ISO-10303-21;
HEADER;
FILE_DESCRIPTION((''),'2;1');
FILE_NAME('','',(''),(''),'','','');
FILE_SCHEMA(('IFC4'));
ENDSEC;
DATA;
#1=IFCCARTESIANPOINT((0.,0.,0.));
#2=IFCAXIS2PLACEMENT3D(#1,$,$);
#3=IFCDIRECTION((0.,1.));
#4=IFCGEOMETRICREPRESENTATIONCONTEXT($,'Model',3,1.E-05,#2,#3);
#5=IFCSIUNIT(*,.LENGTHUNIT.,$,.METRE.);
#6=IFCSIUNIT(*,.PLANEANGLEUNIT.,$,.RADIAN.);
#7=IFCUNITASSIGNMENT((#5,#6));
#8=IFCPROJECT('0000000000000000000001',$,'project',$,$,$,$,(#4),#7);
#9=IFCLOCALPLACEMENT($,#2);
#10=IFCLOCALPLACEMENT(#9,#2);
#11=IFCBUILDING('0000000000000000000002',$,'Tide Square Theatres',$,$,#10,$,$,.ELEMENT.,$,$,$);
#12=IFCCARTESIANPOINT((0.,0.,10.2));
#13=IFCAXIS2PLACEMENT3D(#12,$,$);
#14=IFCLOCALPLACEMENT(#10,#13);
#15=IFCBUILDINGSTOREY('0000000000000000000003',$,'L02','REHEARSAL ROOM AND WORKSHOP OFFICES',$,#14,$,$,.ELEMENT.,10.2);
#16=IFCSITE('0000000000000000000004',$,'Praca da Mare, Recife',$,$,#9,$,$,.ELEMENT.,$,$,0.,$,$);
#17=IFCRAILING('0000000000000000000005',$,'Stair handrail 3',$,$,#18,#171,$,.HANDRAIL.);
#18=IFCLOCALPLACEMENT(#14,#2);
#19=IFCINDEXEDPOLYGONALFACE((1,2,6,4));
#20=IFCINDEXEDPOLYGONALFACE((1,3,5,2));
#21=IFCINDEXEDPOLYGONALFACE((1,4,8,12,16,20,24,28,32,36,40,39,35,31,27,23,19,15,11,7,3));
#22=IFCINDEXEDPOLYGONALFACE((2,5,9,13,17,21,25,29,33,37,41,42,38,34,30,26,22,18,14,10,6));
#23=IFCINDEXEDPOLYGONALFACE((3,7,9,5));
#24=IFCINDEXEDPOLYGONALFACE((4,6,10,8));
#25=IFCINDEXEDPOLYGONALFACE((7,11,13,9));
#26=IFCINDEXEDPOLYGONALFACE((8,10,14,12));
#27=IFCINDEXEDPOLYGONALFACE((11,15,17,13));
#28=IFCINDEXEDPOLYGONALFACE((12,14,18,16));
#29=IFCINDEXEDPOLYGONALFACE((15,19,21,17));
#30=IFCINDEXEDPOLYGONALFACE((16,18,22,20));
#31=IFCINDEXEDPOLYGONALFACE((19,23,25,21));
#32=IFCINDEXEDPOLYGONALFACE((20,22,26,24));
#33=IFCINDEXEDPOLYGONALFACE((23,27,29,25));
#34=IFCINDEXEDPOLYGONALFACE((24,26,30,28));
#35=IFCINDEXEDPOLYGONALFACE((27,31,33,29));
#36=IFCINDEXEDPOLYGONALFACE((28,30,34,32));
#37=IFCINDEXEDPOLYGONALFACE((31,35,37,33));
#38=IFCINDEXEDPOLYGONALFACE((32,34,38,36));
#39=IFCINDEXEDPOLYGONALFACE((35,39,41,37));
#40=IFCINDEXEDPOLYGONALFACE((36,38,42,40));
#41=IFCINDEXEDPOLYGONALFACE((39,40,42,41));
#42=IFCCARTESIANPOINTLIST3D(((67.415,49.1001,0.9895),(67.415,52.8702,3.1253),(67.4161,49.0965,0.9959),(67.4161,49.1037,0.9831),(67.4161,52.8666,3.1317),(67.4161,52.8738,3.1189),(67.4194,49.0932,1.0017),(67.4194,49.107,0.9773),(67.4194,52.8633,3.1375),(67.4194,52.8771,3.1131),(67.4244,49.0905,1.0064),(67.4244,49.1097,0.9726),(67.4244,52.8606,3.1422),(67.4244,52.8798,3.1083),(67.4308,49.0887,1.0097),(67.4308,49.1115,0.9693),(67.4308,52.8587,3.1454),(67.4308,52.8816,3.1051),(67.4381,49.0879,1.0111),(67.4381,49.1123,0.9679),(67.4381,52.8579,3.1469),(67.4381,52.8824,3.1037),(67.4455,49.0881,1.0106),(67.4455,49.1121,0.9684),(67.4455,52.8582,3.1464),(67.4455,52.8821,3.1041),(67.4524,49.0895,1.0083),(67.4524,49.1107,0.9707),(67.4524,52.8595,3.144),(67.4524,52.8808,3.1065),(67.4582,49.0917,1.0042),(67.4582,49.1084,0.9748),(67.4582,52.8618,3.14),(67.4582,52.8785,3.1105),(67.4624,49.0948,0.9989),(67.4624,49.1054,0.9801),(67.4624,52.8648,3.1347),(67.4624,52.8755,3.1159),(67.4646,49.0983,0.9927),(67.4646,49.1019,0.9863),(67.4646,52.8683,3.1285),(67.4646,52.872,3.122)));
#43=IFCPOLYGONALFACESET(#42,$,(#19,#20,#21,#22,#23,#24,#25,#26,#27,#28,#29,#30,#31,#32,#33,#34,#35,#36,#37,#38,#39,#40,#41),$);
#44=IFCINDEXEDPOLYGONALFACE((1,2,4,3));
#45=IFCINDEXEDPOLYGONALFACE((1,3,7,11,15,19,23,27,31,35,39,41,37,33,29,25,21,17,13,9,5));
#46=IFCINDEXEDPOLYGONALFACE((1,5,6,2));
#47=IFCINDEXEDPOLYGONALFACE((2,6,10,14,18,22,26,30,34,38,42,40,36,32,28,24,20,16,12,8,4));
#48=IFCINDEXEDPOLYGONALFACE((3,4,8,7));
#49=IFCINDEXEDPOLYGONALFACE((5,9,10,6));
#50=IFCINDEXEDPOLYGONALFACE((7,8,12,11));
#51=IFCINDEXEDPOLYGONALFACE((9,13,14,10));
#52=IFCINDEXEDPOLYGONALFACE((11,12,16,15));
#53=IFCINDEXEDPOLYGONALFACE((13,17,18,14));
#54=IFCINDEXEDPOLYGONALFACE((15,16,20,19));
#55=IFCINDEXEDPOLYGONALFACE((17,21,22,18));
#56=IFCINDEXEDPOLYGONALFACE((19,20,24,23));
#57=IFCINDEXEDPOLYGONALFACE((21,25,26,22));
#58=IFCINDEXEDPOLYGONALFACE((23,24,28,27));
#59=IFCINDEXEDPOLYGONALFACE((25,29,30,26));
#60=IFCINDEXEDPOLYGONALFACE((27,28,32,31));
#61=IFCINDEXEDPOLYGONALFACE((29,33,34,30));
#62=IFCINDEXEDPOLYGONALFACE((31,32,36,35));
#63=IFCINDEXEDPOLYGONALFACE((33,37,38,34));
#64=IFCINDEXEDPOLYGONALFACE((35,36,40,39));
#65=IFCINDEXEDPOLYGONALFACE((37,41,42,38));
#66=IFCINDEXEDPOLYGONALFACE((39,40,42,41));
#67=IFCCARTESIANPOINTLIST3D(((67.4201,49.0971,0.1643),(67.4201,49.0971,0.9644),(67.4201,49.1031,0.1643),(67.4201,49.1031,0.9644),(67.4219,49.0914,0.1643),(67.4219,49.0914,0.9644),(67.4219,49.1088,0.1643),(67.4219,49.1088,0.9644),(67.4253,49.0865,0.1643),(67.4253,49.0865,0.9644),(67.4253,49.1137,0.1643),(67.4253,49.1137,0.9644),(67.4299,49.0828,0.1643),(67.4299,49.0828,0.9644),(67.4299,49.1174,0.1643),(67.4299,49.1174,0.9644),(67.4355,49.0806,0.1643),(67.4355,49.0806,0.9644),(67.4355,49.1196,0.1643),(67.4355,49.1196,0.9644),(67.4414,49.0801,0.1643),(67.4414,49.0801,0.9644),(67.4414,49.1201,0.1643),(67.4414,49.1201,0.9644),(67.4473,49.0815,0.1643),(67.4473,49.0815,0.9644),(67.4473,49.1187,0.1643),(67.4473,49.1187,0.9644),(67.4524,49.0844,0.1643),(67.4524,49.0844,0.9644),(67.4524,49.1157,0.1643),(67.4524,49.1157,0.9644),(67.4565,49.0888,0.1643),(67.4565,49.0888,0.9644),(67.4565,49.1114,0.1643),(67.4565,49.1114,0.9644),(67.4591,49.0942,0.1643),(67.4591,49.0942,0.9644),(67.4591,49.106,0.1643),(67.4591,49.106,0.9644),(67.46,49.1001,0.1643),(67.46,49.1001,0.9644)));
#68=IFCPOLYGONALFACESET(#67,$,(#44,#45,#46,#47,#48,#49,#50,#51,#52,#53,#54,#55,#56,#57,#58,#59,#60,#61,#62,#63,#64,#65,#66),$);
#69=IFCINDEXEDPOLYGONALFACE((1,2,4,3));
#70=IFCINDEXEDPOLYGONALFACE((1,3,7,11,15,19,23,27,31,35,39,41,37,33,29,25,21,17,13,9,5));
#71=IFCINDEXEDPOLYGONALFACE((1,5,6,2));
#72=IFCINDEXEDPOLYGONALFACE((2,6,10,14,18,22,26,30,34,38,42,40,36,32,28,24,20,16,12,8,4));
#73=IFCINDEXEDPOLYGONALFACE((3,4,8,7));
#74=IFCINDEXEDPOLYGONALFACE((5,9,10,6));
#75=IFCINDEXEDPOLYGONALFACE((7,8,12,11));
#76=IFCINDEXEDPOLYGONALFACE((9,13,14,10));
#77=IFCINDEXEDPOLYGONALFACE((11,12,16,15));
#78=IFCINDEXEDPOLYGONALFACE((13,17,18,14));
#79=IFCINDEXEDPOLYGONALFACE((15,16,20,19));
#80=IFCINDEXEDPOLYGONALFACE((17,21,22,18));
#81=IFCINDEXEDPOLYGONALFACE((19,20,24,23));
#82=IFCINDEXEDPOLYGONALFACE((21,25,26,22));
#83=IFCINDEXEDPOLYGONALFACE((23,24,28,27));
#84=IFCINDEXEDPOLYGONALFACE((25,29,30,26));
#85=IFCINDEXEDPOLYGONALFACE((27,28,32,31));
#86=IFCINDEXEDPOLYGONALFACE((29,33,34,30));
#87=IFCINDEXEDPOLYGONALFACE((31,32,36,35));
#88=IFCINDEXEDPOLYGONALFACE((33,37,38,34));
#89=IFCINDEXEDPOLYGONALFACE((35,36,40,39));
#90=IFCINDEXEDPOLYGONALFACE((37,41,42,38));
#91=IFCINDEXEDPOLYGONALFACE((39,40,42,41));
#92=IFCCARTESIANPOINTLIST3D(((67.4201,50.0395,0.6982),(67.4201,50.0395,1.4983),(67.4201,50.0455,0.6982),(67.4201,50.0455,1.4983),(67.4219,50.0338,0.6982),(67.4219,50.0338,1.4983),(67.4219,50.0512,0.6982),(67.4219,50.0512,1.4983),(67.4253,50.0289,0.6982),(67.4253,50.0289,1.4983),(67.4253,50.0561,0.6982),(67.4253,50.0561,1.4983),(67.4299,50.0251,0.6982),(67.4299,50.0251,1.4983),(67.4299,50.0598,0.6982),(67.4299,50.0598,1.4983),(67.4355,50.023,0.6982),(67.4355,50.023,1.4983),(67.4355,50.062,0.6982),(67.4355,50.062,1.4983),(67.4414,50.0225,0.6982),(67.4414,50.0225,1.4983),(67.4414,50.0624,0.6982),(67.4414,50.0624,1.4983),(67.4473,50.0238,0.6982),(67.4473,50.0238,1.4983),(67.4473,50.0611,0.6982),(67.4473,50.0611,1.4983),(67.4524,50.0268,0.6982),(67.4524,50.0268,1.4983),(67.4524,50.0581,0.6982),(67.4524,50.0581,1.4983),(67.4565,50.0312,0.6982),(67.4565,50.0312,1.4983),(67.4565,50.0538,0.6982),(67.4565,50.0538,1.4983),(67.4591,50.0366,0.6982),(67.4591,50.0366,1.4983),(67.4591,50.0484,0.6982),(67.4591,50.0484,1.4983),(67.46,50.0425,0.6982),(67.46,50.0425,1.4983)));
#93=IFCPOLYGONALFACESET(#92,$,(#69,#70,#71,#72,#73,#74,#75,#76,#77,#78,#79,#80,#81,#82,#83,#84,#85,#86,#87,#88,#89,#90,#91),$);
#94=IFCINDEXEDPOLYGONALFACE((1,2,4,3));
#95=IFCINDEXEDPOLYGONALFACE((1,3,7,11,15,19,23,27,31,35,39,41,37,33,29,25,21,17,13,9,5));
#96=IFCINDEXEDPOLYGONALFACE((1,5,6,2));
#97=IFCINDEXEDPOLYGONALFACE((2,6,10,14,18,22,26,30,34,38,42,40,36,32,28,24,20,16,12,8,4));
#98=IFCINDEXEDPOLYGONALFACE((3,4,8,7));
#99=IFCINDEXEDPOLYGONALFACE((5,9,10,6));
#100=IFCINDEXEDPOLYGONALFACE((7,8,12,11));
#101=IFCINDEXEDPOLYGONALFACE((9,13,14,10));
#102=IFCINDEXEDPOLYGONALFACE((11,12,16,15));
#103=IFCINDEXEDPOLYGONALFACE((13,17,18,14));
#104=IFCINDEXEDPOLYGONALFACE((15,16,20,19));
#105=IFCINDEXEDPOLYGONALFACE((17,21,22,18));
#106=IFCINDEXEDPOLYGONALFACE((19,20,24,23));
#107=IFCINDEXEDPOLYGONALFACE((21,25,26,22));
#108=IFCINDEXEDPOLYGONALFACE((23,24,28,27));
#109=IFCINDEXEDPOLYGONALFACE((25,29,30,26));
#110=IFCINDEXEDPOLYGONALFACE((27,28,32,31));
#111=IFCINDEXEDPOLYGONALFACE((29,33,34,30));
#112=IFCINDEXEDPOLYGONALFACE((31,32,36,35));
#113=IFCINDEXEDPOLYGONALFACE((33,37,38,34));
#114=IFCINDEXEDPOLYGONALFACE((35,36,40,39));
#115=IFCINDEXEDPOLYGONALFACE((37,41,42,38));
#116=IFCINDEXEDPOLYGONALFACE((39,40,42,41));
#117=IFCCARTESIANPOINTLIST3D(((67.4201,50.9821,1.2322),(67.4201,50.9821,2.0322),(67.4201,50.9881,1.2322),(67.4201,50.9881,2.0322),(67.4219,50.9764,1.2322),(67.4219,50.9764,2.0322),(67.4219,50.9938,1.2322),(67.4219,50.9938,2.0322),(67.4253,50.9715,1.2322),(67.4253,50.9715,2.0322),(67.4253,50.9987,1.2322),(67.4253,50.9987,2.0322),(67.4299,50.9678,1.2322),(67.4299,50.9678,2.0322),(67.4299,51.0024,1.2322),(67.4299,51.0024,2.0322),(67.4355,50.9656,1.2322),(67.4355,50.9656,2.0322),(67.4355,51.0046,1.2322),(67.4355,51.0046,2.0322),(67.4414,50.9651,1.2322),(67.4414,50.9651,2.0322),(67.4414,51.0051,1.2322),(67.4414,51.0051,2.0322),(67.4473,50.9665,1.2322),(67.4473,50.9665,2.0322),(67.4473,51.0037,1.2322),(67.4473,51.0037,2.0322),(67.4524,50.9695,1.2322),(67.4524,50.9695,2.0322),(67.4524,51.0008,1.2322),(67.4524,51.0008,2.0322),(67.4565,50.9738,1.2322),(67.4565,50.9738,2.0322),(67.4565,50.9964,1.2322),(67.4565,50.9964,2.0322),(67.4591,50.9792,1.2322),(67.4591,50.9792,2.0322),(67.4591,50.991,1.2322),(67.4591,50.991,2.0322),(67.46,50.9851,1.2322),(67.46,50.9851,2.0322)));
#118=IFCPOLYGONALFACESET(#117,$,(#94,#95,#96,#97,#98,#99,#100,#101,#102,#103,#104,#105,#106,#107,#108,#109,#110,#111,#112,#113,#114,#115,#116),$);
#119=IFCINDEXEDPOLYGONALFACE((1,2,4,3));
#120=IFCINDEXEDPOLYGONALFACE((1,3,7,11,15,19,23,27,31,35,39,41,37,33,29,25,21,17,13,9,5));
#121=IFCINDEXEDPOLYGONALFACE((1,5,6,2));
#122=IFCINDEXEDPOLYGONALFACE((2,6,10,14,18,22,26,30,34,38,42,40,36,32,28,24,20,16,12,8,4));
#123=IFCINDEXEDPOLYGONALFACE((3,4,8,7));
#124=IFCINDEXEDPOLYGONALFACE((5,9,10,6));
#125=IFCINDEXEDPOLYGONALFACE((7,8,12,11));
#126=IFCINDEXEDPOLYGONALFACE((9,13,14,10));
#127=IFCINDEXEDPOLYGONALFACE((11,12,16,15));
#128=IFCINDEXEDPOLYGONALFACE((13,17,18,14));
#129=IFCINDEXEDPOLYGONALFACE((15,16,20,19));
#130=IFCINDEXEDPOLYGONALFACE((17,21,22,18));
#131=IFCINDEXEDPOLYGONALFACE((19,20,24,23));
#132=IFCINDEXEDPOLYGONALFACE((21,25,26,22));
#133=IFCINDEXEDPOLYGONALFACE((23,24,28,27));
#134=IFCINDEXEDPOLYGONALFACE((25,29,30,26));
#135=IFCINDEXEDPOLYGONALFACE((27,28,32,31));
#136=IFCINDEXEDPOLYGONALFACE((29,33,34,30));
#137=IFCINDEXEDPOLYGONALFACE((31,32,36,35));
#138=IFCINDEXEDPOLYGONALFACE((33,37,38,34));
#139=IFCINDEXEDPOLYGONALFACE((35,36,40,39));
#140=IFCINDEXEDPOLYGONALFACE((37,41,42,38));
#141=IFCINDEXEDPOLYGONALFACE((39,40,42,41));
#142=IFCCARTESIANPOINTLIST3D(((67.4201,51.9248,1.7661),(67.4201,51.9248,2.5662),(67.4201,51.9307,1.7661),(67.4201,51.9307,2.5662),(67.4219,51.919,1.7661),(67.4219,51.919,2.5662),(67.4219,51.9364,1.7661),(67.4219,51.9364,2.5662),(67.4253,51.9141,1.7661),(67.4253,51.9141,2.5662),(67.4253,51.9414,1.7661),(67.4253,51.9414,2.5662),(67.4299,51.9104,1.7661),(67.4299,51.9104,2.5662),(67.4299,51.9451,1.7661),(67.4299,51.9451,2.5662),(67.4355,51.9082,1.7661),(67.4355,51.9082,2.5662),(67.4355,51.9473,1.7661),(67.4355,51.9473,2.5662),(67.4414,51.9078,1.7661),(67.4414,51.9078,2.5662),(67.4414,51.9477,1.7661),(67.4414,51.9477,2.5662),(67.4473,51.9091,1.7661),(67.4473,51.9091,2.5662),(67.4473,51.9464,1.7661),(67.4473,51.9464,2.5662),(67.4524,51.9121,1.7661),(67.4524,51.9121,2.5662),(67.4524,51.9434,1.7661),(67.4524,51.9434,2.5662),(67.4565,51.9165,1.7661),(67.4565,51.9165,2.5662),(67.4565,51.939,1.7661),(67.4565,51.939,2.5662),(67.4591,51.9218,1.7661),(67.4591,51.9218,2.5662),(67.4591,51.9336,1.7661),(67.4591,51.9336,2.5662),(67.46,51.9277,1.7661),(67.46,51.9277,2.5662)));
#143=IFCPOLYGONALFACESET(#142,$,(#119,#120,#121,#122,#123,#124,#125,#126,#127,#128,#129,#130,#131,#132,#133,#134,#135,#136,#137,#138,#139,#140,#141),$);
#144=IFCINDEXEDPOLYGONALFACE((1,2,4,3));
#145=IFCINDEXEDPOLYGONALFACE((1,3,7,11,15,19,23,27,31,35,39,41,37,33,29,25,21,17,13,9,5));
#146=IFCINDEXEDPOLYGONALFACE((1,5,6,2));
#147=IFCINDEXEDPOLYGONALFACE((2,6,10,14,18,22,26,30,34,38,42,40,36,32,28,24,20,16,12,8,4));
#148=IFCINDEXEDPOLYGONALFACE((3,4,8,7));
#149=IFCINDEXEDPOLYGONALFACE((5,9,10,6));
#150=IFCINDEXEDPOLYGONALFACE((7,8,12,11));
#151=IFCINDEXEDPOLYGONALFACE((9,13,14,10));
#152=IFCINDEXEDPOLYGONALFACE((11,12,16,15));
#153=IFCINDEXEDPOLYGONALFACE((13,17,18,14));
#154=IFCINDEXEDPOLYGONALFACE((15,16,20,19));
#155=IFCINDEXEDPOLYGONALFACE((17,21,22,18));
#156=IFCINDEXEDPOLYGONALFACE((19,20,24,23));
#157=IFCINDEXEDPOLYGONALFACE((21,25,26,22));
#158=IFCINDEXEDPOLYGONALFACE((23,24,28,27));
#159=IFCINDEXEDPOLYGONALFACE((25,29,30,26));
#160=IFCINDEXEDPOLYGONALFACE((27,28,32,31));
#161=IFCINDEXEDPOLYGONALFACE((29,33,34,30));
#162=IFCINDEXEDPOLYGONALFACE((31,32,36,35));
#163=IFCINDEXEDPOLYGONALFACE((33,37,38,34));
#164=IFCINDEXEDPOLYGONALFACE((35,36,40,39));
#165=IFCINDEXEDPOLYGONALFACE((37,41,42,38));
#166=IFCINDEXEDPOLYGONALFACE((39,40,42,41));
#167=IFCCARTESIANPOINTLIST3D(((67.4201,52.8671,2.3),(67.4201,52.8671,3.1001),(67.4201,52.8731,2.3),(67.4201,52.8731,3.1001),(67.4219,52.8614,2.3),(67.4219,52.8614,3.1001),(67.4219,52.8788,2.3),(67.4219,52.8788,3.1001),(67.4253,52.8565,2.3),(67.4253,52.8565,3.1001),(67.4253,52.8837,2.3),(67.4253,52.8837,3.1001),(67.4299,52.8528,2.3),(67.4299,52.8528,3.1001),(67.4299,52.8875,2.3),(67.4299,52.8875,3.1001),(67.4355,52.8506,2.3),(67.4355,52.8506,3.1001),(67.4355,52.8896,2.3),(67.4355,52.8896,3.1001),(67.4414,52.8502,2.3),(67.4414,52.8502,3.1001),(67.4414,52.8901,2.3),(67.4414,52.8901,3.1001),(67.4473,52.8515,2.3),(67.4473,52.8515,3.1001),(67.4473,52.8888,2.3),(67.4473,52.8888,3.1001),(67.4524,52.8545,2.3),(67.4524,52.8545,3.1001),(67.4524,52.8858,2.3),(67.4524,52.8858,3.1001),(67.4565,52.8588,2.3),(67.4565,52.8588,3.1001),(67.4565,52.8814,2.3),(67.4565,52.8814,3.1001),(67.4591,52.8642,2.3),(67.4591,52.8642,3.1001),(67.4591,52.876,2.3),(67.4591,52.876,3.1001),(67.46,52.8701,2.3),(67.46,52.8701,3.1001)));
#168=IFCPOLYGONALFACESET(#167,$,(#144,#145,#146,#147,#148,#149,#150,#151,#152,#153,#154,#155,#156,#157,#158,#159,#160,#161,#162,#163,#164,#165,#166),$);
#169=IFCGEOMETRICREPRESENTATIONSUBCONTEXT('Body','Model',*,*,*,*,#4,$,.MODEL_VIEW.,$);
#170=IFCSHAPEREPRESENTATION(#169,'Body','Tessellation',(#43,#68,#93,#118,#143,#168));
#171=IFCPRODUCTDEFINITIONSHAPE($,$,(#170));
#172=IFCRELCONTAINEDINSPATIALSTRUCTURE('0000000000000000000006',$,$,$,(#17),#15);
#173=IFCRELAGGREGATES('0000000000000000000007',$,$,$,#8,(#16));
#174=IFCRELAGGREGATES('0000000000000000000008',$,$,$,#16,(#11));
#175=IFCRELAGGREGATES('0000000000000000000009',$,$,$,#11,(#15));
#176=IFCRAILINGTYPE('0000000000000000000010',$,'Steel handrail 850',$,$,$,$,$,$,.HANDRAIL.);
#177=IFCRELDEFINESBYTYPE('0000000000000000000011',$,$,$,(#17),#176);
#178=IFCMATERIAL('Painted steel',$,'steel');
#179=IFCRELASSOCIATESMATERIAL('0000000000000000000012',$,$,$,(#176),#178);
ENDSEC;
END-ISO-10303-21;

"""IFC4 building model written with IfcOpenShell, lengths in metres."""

from ifc_helpers import new_model, si_unit, direction, frame, origin, origin_2d, place, context, subcontext, project, spatial, circle, extrude, material, type_object, element, save


model = new_model("IFC4")

# Units and contexts
model_context = context("Model", 3, precision=1e-05, world=origin(), true_north=direction((0.0, 1.0)))
body_context = subcontext(model_context, "Body", "Model", "MODEL_VIEW")
ifc_project = project(units=[si_unit("LENGTHUNIT", "METRE"), si_unit("PLANEANGLEUNIT", "RADIAN")], contexts=[model_context])

# Site, building, storey
site_placement = place(None, origin())
site = spatial("IfcSite", under=ifc_project, at=site_placement, Name="Praca da Mare, Recife", CompositionType="ELEMENT", RefElevation=0.0)
building_placement = place(site_placement, origin())
building = spatial("IfcBuilding", under=site, at=building_placement, Name="Tide Square Theatres", CompositionType="ELEMENT")
storey_placement = place(building_placement, frame((0.0, 0.0, 10.2)))
storey = spatial("IfcBuildingStorey", under=building, at=storey_placement, Name="L02", Description="REHEARSAL ROOM AND WORKSHOP OFFICES", CompositionType="ELEMENT", Elevation=10.2)

# Railing
ifc_material_1 = material(Name="Painted steel", Category="steel")
railing_type = type_object("IfcRailingType", Name="Steel handrail 850", PredefinedType="HANDRAIL", material=ifc_material_1)
for number, where, name in (
    (1, (67.4399, 49.1001, 0.1643), "Stair handrail 3"),
):
    element("IfcRailing", number, at=place(storey_placement, frame(where)), inside=storey, type_object=railing_type, Name=name, PredefinedType="HANDRAIL", context=body_context, shape_type="SweptSolid", body=[
        extrude(circle(Radius=0.0249, at=origin_2d()), frame((0.0, 0.0, 0.8252), z_axis=(0.0, 0.870082, 0.492907), x_axis=(-1.0, 0.0, 0.0)), (0.0, 0.0, 1.0), 4.333),
        extrude(circle(Radius=0.02, at=origin_2d()), origin(), (0.0, 0.0, 1.0), 0.8),
        extrude(circle(Radius=0.02, at=origin_2d()), frame((0.0, 0.9424, 0.5339)), (0.0, 0.0, 1.0), 0.8),
        extrude(circle(Radius=0.02, at=origin_2d()), frame((0.0, 1.885, 1.0679)), (0.0, 0.0, 1.0), 0.8),
        extrude(circle(Radius=0.02, at=origin_2d()), frame((0.0, 2.8276, 1.6018)), (0.0, 0.0, 1.0), 0.8),
        extrude(circle(Radius=0.02, at=origin_2d()), frame((0.0, 3.77, 2.1357)), (0.0, 0.0, 1.0), 0.8),
    ])

save(model, "model.ifc")
